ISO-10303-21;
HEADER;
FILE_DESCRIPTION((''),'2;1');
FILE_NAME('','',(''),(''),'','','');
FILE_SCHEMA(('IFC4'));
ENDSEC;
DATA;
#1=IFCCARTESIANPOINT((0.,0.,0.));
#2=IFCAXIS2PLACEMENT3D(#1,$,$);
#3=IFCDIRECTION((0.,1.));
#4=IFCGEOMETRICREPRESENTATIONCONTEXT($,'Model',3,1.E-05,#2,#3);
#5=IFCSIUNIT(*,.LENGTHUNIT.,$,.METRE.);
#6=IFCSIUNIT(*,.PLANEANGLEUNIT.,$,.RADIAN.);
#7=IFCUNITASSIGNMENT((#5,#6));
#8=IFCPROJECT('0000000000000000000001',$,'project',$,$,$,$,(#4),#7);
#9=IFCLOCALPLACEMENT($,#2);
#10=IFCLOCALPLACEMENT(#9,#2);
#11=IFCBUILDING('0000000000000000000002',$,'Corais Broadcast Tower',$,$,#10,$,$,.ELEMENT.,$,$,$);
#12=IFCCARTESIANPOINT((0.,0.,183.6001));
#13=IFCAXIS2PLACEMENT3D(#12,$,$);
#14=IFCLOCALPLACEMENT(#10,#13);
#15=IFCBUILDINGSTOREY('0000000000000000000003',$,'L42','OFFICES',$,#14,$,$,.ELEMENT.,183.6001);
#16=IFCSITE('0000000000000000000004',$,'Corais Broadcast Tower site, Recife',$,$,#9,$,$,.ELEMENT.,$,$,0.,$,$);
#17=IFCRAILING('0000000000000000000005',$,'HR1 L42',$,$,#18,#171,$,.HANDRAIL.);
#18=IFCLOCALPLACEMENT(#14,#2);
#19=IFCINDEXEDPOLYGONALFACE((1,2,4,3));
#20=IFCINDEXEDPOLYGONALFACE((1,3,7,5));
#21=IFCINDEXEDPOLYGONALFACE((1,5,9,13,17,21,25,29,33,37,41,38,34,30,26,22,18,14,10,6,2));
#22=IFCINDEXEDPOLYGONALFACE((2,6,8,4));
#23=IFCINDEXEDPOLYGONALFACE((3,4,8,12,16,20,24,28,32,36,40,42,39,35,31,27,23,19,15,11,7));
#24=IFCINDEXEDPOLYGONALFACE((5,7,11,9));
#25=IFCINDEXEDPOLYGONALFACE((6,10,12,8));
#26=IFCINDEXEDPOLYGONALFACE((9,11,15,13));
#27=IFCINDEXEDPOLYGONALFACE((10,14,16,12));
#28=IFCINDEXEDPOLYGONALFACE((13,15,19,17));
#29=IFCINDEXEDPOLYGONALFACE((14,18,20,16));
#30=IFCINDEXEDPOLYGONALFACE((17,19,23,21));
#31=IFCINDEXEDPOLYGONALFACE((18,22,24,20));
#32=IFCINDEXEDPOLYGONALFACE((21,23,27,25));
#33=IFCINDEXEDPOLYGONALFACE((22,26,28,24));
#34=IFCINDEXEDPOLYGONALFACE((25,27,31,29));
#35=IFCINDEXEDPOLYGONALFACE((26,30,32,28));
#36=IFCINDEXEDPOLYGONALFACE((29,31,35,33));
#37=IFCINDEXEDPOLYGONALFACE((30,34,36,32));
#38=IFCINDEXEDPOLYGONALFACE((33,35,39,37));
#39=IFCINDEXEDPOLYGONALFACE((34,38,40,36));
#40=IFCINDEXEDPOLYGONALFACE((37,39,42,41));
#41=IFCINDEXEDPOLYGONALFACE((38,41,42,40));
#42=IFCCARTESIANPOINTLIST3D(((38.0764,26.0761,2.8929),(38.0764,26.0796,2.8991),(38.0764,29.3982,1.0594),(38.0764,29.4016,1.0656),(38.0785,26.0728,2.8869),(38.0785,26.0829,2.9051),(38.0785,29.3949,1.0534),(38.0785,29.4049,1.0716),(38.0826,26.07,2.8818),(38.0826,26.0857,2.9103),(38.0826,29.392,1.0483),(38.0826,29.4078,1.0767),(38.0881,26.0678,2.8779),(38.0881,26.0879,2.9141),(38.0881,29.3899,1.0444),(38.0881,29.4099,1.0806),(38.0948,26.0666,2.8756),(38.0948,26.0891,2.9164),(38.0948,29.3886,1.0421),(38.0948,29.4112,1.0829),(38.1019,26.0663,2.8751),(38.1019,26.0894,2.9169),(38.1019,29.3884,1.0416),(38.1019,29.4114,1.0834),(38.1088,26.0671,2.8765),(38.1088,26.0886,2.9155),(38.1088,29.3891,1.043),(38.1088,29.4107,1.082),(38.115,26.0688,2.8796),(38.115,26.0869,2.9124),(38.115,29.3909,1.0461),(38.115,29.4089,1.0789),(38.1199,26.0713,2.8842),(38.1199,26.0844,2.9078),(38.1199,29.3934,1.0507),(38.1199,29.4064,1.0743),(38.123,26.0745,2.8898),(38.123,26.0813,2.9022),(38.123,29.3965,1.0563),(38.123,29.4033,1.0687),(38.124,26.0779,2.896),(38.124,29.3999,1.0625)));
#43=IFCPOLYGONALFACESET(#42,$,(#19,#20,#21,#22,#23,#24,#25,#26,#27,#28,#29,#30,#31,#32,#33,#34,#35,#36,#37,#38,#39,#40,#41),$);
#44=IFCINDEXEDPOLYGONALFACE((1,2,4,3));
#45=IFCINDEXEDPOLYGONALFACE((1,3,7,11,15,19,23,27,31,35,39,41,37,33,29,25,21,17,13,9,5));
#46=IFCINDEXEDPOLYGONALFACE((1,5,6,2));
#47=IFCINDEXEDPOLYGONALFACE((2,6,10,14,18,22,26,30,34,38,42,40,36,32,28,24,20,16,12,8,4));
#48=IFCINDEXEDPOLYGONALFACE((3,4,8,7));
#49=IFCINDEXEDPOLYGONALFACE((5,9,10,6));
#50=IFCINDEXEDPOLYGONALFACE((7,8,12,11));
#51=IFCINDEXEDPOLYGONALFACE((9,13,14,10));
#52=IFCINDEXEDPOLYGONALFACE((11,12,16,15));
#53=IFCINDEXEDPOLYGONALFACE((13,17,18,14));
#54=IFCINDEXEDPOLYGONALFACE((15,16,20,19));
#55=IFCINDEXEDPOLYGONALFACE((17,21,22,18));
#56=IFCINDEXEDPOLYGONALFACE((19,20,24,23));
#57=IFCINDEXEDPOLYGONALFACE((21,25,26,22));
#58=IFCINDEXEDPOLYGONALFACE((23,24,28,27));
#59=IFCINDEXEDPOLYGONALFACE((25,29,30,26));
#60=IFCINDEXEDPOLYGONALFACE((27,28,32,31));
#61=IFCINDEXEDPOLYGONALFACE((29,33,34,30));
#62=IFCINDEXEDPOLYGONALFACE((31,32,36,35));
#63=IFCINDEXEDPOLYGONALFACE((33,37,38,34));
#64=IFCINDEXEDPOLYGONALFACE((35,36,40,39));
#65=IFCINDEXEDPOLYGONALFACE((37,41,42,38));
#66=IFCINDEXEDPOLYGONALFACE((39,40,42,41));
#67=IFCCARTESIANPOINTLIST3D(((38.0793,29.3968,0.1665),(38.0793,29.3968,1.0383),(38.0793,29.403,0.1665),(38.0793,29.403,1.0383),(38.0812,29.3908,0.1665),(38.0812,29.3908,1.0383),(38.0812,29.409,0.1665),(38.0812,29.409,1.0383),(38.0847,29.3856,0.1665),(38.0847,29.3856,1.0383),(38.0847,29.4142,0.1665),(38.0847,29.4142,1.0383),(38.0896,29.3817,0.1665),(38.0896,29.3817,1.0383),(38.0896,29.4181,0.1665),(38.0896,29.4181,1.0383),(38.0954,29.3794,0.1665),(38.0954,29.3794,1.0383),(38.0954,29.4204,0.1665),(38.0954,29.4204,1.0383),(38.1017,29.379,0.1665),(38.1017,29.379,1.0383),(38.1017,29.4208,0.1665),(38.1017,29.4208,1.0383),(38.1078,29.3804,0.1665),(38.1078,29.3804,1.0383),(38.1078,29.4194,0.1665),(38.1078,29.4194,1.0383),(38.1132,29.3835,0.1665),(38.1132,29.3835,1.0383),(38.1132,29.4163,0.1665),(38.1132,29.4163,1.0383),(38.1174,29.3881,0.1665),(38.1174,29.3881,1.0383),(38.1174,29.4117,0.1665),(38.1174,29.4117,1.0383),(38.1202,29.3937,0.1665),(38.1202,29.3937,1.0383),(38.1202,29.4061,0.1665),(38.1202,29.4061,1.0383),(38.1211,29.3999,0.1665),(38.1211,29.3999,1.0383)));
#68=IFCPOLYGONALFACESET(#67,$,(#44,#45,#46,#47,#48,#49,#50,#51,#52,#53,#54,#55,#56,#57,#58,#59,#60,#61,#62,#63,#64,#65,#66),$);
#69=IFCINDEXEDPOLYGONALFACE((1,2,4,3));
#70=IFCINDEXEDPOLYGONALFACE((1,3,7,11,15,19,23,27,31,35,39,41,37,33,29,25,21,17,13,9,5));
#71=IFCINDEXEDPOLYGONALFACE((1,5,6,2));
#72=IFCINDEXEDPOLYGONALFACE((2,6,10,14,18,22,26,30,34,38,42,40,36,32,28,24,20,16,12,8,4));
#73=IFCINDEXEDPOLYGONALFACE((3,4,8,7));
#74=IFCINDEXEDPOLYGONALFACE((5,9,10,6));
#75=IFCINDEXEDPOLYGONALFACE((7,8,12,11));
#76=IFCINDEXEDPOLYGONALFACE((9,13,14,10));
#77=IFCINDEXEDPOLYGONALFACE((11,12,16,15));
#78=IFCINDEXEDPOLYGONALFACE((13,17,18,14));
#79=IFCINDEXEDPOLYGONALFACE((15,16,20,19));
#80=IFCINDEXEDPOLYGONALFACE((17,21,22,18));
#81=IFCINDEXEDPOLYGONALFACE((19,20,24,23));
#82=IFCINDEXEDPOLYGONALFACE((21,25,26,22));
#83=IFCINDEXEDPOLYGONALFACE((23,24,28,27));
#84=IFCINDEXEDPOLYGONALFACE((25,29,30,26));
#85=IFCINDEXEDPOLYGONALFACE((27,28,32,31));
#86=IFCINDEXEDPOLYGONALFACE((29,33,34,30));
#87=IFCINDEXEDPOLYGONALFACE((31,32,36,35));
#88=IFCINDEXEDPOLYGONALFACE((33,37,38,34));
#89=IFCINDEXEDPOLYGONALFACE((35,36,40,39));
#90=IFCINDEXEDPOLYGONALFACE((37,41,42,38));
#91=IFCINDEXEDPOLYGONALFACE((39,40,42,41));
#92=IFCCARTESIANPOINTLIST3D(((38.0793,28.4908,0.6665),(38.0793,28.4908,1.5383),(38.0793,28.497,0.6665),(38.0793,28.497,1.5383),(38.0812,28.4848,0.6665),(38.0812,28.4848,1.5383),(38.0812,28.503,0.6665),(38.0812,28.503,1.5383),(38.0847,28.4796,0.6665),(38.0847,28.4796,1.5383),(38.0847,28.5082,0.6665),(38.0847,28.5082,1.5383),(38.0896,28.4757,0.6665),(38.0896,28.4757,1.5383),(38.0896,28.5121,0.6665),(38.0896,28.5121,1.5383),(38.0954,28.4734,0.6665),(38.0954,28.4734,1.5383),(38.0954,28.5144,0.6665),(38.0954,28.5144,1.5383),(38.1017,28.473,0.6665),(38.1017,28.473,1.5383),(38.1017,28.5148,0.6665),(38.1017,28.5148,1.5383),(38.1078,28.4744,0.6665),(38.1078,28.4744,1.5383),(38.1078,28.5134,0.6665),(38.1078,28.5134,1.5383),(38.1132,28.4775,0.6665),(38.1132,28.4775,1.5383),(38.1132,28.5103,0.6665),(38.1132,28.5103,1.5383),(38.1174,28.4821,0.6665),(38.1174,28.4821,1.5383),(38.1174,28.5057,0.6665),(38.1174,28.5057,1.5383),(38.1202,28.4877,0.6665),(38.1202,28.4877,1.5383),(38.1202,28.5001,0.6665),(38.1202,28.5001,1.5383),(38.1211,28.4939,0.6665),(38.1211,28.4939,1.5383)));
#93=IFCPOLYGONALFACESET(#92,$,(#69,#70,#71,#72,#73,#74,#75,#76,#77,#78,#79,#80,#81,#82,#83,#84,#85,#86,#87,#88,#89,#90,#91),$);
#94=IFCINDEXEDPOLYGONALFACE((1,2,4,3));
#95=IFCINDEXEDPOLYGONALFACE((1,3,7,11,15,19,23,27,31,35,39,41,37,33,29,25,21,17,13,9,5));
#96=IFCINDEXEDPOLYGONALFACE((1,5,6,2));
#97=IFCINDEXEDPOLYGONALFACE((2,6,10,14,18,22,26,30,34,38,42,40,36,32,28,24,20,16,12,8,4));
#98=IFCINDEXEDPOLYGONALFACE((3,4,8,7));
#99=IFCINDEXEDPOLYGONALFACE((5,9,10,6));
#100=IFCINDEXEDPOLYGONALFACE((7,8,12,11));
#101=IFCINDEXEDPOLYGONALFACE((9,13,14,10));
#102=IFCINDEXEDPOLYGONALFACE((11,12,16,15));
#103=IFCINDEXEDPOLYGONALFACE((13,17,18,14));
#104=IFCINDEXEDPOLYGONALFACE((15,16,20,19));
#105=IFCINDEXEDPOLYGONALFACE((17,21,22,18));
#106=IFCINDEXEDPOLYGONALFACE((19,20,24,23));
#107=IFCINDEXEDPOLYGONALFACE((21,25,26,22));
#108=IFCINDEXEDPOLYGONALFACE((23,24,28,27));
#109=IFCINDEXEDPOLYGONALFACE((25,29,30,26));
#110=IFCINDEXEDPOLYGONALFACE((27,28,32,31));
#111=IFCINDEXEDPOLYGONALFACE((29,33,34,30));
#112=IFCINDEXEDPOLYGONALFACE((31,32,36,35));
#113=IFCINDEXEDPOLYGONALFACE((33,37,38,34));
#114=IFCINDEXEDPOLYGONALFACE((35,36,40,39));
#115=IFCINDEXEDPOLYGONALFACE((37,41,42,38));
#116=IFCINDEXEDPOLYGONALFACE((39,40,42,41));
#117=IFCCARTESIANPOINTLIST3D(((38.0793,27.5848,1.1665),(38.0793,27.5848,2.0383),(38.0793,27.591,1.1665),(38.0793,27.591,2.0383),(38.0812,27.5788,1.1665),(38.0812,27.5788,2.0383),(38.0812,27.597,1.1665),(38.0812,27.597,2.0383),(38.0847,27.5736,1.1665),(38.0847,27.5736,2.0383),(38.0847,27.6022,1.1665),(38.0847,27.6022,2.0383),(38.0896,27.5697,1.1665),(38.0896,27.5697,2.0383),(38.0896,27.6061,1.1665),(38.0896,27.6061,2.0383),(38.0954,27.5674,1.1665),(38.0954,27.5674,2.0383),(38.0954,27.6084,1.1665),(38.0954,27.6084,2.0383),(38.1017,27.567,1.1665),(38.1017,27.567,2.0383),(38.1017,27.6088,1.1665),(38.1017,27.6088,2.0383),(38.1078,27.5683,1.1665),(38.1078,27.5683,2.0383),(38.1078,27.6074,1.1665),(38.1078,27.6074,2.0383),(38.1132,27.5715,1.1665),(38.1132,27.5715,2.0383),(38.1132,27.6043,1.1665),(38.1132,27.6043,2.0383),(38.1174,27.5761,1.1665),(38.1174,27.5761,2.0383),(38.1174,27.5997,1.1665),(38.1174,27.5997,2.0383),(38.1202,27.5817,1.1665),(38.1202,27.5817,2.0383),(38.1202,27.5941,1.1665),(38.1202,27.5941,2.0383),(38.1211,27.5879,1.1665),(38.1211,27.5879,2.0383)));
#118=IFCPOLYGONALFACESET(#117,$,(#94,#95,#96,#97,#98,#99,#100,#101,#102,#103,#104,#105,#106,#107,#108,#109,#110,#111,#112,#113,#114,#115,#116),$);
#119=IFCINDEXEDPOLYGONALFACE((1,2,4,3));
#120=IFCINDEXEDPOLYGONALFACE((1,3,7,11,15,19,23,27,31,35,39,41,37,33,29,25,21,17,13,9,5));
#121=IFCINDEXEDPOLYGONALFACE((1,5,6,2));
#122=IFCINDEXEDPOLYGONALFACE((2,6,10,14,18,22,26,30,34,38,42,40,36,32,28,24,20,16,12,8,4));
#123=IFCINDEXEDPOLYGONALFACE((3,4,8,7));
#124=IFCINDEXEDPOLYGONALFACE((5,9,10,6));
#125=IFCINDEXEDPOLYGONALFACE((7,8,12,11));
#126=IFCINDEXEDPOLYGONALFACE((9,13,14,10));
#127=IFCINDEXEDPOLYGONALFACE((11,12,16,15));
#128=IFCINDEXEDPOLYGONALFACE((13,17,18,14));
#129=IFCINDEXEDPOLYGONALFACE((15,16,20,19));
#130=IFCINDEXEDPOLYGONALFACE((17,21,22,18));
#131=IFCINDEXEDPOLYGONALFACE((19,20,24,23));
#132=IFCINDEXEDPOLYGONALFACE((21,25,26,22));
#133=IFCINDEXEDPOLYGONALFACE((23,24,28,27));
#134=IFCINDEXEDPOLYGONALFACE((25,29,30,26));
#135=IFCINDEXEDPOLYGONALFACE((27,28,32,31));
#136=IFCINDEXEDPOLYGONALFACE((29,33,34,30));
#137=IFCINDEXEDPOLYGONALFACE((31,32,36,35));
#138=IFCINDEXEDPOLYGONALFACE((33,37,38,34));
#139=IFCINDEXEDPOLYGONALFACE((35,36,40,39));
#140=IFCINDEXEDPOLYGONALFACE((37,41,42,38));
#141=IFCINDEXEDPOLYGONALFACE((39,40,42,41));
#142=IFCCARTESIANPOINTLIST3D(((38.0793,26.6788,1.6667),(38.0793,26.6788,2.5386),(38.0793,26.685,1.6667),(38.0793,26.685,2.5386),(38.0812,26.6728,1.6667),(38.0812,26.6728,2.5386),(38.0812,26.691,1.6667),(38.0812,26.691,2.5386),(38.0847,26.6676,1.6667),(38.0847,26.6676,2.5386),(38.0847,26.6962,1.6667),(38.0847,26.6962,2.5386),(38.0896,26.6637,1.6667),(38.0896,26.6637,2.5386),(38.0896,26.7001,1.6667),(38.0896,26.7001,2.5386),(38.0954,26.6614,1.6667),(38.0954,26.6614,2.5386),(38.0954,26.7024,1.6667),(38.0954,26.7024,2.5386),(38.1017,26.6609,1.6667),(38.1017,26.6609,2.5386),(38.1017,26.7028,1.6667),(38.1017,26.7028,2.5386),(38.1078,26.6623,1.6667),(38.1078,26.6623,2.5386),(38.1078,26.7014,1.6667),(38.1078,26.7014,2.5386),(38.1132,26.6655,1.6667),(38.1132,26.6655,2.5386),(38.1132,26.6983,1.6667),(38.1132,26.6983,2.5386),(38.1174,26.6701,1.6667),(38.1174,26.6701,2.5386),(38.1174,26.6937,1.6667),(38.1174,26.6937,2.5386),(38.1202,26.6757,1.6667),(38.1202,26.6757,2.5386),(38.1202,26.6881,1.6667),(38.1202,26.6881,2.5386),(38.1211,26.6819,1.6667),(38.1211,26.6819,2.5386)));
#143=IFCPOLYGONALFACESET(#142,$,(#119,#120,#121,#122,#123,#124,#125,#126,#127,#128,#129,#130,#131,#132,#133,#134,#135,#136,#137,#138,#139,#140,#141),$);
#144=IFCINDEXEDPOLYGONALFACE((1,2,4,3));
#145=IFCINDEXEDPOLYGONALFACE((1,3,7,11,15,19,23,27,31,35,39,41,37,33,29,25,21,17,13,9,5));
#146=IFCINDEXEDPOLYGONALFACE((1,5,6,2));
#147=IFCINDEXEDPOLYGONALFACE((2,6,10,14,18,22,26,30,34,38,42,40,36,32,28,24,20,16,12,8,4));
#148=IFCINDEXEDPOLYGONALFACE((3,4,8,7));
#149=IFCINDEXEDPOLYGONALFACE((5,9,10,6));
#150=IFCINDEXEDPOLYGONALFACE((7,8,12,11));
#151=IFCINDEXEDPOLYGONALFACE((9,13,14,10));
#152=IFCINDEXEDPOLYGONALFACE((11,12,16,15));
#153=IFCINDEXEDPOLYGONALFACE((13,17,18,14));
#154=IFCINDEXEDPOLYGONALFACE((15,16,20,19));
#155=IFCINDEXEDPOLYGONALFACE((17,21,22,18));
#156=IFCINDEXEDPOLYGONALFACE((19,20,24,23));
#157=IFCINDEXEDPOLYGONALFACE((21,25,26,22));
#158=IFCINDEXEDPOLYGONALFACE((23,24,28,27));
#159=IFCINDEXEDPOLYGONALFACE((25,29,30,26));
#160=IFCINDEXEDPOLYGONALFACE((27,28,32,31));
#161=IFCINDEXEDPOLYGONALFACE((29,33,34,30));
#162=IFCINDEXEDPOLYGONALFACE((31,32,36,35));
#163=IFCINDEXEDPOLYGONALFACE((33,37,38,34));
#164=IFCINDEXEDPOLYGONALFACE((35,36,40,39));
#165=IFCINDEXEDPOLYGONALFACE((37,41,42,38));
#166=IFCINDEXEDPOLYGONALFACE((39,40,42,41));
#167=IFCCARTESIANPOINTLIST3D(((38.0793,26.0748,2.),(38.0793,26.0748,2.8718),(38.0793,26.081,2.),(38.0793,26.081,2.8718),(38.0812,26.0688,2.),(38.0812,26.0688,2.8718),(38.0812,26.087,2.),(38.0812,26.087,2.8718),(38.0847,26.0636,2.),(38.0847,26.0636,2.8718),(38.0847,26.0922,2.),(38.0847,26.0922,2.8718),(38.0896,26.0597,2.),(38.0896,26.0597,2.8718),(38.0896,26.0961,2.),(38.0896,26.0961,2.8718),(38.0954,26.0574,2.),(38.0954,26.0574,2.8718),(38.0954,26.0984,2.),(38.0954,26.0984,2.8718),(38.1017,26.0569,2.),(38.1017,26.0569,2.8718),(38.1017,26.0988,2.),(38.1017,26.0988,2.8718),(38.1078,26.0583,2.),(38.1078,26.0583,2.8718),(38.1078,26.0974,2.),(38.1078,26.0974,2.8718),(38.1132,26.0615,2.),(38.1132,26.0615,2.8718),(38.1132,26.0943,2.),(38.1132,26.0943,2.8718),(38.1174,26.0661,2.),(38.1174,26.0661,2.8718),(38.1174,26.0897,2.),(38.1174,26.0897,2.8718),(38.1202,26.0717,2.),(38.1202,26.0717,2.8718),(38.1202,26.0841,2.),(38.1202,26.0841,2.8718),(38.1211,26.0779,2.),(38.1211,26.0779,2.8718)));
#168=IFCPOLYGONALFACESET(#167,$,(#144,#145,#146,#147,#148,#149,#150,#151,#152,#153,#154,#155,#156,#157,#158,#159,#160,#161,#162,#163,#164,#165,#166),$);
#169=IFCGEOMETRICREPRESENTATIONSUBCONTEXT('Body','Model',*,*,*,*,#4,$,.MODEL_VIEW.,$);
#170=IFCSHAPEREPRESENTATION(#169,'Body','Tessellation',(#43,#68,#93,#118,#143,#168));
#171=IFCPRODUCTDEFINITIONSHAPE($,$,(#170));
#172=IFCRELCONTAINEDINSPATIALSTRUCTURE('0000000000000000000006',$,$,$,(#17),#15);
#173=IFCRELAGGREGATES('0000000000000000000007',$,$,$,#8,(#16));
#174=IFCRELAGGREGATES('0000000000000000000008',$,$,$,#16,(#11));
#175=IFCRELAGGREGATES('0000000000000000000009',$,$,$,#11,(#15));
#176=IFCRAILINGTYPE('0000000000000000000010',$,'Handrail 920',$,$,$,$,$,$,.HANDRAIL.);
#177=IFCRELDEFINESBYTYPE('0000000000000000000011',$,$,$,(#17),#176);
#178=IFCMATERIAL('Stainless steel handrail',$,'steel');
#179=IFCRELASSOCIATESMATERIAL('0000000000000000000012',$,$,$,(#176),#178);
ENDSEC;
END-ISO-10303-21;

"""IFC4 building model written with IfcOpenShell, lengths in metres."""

from ifc_helpers import new_model, si_unit, direction, frame, origin, origin_2d, place, context, subcontext, project, spatial, circle, extrude, material, type_object, element, save


model = new_model("IFC4")

# Units and contexts
model_context = context("Model", 3, precision=1e-05, world=origin(), true_north=direction((0.0, 1.0)))
body_context = subcontext(model_context, "Body", "Model", "MODEL_VIEW")
ifc_project = project(units=[si_unit("LENGTHUNIT", "METRE"), si_unit("PLANEANGLEUNIT", "RADIAN")], contexts=[model_context])

# Site, building, storey
site_placement = place(None, origin())
site = spatial("IfcSite", under=ifc_project, at=site_placement, Name="Corais Broadcast Tower site, Recife", CompositionType="ELEMENT", RefElevation=0.0)
building_placement = place(site_placement, origin())
building = spatial("IfcBuilding", under=site, at=building_placement, Name="Corais Broadcast Tower", CompositionType="ELEMENT")
storey_placement = place(building_placement, frame((0.0, 0.0, 183.6001)))
storey = spatial("IfcBuildingStorey", under=building, at=storey_placement, Name="L42", Description="OFFICES", CompositionType="ELEMENT", Elevation=183.6001)

# Railing
ifc_material_1 = material(Name="Stainless steel handrail", Category="steel")
railing_type = type_object("IfcRailingType", Name="Handrail 920", PredefinedType="HANDRAIL", material=ifc_material_1)
for number, where, name in (
    (1, (38.1001, 29.3999, 0.1665), "HR1 L42"),
):
    element("IfcRailing", number, at=place(storey_placement, frame(where)), inside=storey, type_object=railing_type, Name=name, PredefinedType="HANDRAIL", context=body_context, shape_type="SweptSolid", body=[
        extrude(circle(Radius=0.0239, at=origin_2d()), frame((0.0, 0.0, 0.896), z_axis=(0.0, -0.875504, 0.48321), x_axis=(1.0, 0.0, 0.0)), (0.0, 0.0, 1.0), 3.7944),
        extrude(circle(Radius=0.021, at=origin_2d()), origin(), (0.0, 0.0, 1.0), 0.8718),
        extrude(circle(Radius=0.021, at=origin_2d()), frame((0.0, -0.906, 0.5)), (0.0, 0.0, 1.0), 0.8718),
        extrude(circle(Radius=0.021, at=origin_2d()), frame((0.0, -1.812, 1.0)), (0.0, 0.0, 1.0), 0.8718),
        extrude(circle(Radius=0.021, at=origin_2d()), frame((0.0, -2.718, 1.5002)), (0.0, 0.0, 1.0), 0.8718),
        extrude(circle(Radius=0.021, at=origin_2d()), frame((0.0, -3.322, 1.8335)), (0.0, 0.0, 1.0), 0.8718),
    ])

save(model, "model.ifc")
